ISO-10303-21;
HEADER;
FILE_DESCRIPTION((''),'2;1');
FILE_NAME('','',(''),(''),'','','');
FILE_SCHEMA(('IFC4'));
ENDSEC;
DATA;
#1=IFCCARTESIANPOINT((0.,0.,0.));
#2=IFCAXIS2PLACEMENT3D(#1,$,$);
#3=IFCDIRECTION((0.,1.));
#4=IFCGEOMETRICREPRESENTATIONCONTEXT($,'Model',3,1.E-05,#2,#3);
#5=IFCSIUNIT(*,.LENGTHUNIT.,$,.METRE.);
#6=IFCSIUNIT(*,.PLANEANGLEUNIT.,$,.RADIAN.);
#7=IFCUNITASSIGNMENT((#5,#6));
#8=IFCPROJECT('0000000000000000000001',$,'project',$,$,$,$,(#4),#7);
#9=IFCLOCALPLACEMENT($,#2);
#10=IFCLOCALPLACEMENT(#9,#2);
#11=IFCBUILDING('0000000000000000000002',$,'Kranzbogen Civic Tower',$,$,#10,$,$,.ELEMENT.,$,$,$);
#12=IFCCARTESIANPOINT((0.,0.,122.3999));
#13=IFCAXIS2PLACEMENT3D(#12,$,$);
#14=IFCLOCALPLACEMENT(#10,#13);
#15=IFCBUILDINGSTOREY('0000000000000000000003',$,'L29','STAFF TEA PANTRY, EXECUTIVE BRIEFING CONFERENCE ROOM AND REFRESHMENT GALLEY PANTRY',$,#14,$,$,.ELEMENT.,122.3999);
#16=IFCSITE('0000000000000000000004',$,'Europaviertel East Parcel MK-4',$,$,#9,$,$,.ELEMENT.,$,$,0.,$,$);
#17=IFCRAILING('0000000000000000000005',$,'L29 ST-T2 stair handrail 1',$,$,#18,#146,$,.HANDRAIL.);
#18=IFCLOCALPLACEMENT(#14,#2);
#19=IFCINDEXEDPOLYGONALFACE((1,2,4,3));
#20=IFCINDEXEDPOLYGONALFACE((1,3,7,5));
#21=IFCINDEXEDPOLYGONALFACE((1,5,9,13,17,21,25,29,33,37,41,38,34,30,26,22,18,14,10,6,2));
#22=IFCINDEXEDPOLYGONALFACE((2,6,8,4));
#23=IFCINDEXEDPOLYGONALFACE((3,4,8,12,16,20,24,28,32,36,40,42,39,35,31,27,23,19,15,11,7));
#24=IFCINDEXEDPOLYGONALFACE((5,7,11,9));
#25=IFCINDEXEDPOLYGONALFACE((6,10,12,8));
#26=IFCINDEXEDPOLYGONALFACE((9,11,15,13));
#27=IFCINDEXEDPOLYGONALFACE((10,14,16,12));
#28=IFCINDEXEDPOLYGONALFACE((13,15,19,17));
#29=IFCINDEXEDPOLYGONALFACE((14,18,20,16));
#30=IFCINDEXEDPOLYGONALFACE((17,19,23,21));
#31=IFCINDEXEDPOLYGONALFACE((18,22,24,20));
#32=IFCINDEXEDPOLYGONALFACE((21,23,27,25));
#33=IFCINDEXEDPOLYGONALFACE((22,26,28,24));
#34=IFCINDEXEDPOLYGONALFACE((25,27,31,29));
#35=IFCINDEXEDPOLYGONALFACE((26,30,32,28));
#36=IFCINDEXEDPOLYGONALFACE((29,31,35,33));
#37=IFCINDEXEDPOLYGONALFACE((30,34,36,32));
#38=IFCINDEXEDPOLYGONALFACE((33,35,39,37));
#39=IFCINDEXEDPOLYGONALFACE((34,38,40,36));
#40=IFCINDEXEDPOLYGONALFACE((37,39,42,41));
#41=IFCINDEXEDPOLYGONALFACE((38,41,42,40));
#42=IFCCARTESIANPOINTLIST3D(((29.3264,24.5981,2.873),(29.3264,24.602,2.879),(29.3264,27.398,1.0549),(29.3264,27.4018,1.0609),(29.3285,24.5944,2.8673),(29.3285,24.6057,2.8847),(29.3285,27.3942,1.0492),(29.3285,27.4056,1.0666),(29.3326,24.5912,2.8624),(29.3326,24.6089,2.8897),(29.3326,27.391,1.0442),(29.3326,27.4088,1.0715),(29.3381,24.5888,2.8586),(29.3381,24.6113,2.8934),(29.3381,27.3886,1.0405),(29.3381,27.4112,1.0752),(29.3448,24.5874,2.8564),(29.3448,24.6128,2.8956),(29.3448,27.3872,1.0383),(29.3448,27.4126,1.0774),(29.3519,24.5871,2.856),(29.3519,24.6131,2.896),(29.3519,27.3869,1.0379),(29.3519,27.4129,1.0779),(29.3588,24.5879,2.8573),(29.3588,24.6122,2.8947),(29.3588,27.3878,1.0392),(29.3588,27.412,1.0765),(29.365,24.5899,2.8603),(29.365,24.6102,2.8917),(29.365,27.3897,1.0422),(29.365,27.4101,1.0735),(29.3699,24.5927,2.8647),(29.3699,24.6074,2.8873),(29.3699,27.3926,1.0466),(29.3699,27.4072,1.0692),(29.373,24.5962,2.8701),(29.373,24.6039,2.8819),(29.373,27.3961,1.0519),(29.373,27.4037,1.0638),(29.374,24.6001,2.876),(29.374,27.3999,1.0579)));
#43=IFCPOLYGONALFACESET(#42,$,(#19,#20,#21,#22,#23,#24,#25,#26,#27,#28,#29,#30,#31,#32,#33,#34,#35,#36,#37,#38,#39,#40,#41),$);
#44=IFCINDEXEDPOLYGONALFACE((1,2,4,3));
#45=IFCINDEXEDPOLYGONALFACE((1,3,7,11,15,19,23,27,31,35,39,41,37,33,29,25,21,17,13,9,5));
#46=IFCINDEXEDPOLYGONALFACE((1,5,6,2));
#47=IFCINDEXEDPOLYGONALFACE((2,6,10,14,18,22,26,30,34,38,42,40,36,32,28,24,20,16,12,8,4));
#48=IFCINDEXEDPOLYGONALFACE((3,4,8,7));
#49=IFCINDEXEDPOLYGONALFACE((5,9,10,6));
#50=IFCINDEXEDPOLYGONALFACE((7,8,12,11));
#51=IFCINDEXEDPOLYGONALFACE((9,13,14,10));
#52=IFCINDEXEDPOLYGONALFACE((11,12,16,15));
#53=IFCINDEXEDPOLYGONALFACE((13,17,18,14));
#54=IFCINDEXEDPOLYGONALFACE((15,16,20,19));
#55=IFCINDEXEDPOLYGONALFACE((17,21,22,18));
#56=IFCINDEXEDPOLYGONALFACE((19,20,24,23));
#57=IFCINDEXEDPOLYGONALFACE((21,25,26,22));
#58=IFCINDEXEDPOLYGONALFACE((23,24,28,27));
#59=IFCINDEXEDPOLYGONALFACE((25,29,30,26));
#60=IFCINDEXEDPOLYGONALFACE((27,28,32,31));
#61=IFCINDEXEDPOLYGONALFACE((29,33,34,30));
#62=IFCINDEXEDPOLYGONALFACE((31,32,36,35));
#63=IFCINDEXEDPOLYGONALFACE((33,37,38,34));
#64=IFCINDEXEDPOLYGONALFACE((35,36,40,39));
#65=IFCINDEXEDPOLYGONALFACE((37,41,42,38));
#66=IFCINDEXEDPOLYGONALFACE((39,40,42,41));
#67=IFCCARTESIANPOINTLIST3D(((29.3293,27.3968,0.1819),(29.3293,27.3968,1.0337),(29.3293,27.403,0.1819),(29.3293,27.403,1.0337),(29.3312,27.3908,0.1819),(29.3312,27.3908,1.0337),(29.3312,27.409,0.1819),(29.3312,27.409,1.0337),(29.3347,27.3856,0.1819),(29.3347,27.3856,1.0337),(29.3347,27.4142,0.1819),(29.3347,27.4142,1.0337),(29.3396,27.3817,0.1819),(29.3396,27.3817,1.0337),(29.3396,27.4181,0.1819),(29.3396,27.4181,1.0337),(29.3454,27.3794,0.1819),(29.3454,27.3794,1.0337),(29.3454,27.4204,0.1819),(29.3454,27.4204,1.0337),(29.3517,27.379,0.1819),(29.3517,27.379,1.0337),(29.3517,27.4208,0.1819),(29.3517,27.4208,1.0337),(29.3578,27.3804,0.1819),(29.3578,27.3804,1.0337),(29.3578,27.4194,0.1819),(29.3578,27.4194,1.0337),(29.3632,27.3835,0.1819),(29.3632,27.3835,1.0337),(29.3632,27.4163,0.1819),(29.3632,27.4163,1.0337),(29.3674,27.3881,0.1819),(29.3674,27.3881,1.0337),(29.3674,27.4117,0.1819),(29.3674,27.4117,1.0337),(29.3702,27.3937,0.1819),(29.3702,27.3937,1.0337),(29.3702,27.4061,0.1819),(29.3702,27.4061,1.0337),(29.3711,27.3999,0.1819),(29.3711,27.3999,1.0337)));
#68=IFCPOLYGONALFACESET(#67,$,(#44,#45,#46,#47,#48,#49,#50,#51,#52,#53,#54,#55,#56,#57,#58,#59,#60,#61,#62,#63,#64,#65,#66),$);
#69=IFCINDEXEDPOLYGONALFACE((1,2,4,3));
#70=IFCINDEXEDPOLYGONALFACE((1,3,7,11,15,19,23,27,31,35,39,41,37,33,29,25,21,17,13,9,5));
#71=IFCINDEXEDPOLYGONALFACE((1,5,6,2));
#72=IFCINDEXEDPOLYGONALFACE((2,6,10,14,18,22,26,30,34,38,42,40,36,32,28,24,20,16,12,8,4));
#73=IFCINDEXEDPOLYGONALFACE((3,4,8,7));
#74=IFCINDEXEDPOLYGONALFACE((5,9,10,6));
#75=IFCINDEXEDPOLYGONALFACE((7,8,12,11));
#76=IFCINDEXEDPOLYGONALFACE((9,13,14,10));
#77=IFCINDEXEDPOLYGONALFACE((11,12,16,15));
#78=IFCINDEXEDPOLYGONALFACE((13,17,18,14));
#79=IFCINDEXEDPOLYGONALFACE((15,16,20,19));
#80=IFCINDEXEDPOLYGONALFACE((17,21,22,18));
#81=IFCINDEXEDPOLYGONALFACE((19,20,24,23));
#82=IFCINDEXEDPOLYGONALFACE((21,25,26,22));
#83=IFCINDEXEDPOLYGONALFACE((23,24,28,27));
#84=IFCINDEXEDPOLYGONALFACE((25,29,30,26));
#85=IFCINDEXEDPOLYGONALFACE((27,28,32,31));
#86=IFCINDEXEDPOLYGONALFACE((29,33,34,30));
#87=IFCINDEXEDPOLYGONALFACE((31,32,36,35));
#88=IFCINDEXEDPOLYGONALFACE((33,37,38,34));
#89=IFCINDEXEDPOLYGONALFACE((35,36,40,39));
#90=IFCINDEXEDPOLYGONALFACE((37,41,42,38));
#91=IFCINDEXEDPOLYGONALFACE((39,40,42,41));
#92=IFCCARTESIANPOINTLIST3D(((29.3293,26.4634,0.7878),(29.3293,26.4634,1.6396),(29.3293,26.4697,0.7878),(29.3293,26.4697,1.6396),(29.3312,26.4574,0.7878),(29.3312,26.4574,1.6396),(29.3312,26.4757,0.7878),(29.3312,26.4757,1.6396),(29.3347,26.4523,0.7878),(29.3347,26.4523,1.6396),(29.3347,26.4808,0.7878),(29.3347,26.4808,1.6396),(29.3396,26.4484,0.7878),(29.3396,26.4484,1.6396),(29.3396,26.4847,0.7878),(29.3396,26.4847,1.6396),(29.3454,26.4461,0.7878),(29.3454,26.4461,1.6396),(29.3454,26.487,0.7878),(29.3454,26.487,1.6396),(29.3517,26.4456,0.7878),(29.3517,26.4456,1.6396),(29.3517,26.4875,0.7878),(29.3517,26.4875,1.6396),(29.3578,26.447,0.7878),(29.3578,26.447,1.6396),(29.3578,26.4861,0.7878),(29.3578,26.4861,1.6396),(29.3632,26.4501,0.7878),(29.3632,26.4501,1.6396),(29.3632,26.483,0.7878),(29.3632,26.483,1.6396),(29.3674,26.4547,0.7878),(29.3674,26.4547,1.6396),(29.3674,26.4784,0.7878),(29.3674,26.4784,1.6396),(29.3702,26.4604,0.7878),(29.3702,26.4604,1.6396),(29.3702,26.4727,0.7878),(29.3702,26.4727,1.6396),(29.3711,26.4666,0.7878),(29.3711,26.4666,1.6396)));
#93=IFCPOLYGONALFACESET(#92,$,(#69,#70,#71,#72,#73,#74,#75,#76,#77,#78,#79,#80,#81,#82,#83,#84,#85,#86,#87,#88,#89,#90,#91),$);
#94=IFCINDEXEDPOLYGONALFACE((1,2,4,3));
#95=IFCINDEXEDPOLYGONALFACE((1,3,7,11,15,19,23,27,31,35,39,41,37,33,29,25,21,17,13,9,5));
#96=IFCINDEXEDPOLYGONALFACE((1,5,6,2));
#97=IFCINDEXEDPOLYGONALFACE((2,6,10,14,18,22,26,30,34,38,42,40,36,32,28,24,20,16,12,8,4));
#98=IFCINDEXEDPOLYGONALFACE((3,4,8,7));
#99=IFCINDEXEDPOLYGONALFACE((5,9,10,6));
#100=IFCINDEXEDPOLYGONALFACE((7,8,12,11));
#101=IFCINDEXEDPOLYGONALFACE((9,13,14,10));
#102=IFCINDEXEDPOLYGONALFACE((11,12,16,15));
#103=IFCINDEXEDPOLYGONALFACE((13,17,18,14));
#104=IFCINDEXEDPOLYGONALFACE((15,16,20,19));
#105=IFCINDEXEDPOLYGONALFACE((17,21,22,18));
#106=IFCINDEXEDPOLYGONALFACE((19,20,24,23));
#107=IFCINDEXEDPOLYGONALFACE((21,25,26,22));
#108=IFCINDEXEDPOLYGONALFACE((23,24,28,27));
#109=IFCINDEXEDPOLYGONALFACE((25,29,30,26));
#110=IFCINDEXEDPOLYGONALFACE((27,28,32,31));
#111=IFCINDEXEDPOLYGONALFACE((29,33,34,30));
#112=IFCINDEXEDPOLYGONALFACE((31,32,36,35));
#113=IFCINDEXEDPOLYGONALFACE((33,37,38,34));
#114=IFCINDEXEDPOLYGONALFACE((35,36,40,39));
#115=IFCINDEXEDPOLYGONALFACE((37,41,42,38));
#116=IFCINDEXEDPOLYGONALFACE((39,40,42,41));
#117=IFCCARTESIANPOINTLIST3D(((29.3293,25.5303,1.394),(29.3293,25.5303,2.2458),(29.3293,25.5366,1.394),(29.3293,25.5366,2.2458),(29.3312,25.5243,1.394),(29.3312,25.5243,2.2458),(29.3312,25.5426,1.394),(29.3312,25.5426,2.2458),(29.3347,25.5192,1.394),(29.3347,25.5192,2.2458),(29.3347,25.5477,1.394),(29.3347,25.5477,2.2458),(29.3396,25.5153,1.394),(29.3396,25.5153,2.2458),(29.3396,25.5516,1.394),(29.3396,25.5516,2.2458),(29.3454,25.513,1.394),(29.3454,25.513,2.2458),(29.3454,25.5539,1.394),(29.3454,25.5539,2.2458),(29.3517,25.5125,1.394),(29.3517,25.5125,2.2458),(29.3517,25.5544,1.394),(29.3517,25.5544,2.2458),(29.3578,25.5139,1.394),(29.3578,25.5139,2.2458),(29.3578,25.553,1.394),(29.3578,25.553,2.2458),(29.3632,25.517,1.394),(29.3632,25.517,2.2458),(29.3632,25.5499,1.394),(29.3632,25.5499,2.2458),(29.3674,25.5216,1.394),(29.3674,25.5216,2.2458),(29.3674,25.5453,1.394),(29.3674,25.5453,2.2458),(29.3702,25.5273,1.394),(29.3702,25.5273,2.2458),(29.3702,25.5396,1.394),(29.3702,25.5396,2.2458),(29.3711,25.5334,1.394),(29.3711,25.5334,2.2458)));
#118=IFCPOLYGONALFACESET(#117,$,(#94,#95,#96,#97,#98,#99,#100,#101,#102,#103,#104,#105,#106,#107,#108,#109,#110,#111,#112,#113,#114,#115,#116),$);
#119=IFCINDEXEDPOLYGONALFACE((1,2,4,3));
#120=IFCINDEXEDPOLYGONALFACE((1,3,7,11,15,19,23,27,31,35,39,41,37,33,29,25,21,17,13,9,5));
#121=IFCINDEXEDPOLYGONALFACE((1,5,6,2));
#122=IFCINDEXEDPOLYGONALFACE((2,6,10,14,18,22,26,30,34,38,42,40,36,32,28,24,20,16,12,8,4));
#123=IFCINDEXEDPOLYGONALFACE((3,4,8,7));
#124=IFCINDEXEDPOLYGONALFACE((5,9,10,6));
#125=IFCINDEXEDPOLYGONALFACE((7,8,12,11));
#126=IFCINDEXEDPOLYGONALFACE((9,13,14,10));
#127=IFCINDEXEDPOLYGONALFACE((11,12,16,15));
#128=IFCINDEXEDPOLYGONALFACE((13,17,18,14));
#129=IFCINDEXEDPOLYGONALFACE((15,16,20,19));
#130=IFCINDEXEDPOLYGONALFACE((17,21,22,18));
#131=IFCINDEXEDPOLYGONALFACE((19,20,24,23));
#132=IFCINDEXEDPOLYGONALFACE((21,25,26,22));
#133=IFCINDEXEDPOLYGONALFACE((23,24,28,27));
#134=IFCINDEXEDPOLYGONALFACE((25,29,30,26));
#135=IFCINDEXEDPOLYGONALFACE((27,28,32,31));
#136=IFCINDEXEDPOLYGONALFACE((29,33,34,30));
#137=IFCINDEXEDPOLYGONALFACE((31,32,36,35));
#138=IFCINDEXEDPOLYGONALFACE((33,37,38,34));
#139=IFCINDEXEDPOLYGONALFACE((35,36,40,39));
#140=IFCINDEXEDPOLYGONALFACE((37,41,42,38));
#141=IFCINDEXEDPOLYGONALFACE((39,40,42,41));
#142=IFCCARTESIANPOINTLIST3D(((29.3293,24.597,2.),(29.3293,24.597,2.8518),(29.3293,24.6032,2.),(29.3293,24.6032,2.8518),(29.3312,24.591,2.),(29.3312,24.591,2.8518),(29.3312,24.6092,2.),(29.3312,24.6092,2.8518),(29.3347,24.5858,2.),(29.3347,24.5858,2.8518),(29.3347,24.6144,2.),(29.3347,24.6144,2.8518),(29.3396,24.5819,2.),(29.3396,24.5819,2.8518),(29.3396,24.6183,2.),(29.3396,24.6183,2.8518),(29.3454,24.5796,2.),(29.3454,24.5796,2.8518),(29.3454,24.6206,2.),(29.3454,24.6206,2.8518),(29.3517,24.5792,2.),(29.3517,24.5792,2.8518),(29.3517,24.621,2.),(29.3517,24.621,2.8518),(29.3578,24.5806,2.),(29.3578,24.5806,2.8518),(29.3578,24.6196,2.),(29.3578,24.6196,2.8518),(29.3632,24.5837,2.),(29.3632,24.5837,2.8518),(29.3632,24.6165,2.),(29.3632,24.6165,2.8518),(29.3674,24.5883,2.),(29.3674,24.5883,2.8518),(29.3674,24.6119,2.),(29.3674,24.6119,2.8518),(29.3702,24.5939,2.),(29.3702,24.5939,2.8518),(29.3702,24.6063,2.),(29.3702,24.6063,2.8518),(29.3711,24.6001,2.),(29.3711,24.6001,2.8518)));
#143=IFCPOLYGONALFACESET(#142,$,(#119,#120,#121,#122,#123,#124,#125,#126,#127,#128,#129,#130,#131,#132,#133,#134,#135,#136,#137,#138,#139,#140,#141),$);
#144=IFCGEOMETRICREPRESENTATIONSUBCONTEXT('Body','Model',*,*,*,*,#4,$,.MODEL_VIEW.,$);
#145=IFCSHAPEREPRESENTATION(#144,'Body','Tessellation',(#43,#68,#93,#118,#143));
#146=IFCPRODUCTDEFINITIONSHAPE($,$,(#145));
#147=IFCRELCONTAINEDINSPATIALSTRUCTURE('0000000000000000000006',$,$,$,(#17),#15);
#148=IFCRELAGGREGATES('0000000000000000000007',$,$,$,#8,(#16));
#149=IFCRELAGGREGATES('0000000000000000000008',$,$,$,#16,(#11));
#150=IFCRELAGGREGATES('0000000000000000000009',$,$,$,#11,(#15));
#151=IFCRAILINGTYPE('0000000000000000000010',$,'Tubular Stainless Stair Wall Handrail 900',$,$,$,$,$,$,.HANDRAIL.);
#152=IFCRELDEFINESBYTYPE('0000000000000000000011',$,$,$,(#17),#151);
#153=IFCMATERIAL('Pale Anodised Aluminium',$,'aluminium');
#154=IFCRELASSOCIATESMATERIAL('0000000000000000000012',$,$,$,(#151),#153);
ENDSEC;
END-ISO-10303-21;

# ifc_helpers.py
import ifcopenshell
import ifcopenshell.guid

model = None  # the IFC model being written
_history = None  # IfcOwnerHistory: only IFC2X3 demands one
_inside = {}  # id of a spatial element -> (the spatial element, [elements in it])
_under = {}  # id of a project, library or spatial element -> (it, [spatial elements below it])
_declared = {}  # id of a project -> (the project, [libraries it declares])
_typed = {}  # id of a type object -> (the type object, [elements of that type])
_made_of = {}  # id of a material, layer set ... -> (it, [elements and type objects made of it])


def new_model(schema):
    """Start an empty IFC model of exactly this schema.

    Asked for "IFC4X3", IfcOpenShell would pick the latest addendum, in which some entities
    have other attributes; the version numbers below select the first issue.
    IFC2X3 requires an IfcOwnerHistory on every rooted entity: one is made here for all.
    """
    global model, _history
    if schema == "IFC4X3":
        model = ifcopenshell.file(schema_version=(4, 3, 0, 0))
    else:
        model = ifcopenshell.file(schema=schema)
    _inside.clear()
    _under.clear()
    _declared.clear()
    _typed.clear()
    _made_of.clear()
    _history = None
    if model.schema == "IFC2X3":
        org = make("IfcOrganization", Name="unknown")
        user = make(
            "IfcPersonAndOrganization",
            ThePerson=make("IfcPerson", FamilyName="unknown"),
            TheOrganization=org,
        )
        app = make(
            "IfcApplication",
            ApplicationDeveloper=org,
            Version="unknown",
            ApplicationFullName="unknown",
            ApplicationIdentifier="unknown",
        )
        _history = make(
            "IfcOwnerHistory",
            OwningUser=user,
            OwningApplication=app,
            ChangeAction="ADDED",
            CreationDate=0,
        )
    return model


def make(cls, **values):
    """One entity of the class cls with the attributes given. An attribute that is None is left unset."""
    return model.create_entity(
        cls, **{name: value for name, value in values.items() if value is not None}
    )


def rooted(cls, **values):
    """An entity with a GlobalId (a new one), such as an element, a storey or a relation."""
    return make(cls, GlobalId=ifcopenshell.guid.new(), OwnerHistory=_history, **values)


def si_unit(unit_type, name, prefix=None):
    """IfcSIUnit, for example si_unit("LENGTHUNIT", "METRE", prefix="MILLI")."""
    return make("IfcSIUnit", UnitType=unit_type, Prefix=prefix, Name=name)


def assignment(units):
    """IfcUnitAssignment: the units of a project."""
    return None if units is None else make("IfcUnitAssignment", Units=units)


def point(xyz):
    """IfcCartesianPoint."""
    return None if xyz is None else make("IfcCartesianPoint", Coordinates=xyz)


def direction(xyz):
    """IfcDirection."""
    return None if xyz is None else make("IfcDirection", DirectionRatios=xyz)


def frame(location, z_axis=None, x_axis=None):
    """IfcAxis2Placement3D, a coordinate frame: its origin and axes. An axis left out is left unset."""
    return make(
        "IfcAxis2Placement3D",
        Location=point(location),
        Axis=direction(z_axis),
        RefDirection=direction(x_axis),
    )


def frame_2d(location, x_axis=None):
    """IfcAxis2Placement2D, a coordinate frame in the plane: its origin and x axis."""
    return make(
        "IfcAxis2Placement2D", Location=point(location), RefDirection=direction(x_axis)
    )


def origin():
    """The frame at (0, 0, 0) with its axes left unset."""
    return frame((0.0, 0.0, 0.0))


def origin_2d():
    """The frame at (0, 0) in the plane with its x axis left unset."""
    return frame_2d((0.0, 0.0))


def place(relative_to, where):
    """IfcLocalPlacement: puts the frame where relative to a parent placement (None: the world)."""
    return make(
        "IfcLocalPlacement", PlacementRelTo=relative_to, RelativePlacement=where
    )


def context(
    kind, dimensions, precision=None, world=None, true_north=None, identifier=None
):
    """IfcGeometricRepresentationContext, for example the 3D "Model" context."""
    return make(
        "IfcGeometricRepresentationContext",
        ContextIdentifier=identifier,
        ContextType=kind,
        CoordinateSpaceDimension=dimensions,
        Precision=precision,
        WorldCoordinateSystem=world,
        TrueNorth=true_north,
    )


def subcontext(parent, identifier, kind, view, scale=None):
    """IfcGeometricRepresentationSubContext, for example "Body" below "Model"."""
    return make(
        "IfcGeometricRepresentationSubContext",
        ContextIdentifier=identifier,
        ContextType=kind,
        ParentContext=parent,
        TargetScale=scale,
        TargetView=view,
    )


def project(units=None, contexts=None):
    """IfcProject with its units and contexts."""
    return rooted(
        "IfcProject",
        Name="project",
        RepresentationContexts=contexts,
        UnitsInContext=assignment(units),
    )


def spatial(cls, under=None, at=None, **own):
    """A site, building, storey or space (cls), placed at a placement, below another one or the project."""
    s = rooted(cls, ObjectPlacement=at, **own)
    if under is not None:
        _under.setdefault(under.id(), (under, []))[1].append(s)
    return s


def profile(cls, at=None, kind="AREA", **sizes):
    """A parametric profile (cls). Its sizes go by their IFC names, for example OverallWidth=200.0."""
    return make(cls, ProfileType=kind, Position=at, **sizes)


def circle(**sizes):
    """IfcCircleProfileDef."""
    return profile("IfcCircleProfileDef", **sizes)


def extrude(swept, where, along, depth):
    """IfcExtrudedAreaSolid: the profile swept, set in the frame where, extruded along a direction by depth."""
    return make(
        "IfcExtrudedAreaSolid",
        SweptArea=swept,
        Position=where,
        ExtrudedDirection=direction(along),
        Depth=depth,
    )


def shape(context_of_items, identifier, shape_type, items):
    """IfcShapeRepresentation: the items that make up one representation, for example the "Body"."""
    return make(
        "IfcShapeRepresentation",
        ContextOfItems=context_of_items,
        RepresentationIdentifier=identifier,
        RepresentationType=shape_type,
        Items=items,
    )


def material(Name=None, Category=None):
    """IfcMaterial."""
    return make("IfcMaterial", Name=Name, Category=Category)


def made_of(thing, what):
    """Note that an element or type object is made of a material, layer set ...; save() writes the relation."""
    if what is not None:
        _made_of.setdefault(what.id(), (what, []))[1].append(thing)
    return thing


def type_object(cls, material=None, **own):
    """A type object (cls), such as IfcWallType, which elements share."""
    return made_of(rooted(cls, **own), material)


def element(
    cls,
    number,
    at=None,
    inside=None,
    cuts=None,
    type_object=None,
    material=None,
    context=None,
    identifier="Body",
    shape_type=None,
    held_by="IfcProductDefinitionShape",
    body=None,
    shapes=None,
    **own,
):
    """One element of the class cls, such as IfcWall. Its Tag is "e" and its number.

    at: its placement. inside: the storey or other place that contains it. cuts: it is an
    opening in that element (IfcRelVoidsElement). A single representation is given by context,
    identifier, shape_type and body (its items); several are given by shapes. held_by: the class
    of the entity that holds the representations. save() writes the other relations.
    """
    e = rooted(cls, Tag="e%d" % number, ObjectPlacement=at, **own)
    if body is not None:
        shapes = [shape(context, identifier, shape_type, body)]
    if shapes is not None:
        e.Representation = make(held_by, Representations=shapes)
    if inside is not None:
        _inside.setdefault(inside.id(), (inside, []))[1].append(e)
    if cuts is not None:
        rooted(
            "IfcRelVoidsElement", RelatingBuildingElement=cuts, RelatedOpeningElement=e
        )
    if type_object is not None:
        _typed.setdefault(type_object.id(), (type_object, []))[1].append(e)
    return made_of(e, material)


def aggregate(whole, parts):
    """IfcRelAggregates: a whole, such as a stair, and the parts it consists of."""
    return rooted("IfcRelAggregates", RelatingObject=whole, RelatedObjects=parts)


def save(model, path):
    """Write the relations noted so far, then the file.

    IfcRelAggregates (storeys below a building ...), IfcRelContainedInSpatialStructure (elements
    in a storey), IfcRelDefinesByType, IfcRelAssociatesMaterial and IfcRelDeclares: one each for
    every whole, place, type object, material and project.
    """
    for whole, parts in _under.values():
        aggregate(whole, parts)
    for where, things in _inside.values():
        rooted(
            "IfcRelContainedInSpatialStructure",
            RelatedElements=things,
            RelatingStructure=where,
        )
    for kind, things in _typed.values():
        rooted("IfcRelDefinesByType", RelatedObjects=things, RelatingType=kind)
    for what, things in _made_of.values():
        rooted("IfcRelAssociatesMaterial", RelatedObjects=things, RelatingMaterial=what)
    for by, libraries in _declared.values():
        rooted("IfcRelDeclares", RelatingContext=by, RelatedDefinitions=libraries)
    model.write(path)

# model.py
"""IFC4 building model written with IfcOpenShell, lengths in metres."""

from ifc_helpers import new_model, si_unit, direction, frame, origin, origin_2d, place, context, subcontext, project, spatial, circle, extrude, material, type_object, element, save


model = new_model("IFC4")

# Units and contexts
model_context = context("Model", 3, precision=1e-05, world=origin(), true_north=direction((0.0, 1.0)))
body_context = subcontext(model_context, "Body", "Model", "MODEL_VIEW")
ifc_project = project(units=[si_unit("LENGTHUNIT", "METRE"), si_unit("PLANEANGLEUNIT", "RADIAN")], contexts=[model_context])

# Site, building, storey
site_placement = place(None, origin())
site = spatial("IfcSite", under=ifc_project, at=site_placement, Name="Europaviertel East Parcel MK-4", CompositionType="ELEMENT", RefElevation=0.0)
building_placement = place(site_placement, origin())
building = spatial("IfcBuilding", under=site, at=building_placement, Name="Kranzbogen Civic Tower", CompositionType="ELEMENT")
storey_placement = place(building_placement, frame((0.0, 0.0, 122.3999)))
storey = spatial("IfcBuildingStorey", under=building, at=storey_placement, Name="L29", Description="STAFF TEA PANTRY, EXECUTIVE BRIEFING CONFERENCE ROOM AND REFRESHMENT GALLEY PANTRY", CompositionType="ELEMENT", Elevation=122.3999)

# Shared definitions
ifc_material_1 = material(Name="Pale Anodised Aluminium", Category="aluminium")

# Railing
railing_type_1 = type_object("IfcRailingType", Name="Tubular Stainless Stair Wall Handrail 900", PredefinedType="HANDRAIL", material=ifc_material_1)
railing_1_placement = place(storey_placement, frame((29.3501, 27.3999, 0.1819)))
element("IfcRailing", 1, at=railing_1_placement, inside=storey, type_object=railing_type_1, Name="L29 ST-T2 stair handrail 1", PredefinedType="HANDRAIL", context=body_context, shape_type="SweptSolid", body=[
    extrude(circle(Radius=0.0239, at=origin_2d()), frame((0.0, 0.0, 0.876), z_axis=(0.0, -0.838684, 0.544618), x_axis=(1.0, 0.0, 0.0)), (0.0, 0.0, 1.0), 3.3384),
    extrude(circle(Radius=0.021, at=origin_2d()), origin(), (0.0, 0.0, 1.0), 0.8518),
    extrude(circle(Radius=0.021, at=origin_2d()), frame((0.0, -0.9333, 0.606)), (0.0, 0.0, 1.0), 0.8518),
    extrude(circle(Radius=0.021, at=origin_2d()), frame((0.0, -1.8665, 1.2122)), (0.0, 0.0, 1.0), 0.8518),
    extrude(circle(Radius=0.021, at=origin_2d()), frame((0.0, -2.7998, 1.8181)), (0.0, 0.0, 1.0), 0.8518),
])

save(model, "model.ifc")
